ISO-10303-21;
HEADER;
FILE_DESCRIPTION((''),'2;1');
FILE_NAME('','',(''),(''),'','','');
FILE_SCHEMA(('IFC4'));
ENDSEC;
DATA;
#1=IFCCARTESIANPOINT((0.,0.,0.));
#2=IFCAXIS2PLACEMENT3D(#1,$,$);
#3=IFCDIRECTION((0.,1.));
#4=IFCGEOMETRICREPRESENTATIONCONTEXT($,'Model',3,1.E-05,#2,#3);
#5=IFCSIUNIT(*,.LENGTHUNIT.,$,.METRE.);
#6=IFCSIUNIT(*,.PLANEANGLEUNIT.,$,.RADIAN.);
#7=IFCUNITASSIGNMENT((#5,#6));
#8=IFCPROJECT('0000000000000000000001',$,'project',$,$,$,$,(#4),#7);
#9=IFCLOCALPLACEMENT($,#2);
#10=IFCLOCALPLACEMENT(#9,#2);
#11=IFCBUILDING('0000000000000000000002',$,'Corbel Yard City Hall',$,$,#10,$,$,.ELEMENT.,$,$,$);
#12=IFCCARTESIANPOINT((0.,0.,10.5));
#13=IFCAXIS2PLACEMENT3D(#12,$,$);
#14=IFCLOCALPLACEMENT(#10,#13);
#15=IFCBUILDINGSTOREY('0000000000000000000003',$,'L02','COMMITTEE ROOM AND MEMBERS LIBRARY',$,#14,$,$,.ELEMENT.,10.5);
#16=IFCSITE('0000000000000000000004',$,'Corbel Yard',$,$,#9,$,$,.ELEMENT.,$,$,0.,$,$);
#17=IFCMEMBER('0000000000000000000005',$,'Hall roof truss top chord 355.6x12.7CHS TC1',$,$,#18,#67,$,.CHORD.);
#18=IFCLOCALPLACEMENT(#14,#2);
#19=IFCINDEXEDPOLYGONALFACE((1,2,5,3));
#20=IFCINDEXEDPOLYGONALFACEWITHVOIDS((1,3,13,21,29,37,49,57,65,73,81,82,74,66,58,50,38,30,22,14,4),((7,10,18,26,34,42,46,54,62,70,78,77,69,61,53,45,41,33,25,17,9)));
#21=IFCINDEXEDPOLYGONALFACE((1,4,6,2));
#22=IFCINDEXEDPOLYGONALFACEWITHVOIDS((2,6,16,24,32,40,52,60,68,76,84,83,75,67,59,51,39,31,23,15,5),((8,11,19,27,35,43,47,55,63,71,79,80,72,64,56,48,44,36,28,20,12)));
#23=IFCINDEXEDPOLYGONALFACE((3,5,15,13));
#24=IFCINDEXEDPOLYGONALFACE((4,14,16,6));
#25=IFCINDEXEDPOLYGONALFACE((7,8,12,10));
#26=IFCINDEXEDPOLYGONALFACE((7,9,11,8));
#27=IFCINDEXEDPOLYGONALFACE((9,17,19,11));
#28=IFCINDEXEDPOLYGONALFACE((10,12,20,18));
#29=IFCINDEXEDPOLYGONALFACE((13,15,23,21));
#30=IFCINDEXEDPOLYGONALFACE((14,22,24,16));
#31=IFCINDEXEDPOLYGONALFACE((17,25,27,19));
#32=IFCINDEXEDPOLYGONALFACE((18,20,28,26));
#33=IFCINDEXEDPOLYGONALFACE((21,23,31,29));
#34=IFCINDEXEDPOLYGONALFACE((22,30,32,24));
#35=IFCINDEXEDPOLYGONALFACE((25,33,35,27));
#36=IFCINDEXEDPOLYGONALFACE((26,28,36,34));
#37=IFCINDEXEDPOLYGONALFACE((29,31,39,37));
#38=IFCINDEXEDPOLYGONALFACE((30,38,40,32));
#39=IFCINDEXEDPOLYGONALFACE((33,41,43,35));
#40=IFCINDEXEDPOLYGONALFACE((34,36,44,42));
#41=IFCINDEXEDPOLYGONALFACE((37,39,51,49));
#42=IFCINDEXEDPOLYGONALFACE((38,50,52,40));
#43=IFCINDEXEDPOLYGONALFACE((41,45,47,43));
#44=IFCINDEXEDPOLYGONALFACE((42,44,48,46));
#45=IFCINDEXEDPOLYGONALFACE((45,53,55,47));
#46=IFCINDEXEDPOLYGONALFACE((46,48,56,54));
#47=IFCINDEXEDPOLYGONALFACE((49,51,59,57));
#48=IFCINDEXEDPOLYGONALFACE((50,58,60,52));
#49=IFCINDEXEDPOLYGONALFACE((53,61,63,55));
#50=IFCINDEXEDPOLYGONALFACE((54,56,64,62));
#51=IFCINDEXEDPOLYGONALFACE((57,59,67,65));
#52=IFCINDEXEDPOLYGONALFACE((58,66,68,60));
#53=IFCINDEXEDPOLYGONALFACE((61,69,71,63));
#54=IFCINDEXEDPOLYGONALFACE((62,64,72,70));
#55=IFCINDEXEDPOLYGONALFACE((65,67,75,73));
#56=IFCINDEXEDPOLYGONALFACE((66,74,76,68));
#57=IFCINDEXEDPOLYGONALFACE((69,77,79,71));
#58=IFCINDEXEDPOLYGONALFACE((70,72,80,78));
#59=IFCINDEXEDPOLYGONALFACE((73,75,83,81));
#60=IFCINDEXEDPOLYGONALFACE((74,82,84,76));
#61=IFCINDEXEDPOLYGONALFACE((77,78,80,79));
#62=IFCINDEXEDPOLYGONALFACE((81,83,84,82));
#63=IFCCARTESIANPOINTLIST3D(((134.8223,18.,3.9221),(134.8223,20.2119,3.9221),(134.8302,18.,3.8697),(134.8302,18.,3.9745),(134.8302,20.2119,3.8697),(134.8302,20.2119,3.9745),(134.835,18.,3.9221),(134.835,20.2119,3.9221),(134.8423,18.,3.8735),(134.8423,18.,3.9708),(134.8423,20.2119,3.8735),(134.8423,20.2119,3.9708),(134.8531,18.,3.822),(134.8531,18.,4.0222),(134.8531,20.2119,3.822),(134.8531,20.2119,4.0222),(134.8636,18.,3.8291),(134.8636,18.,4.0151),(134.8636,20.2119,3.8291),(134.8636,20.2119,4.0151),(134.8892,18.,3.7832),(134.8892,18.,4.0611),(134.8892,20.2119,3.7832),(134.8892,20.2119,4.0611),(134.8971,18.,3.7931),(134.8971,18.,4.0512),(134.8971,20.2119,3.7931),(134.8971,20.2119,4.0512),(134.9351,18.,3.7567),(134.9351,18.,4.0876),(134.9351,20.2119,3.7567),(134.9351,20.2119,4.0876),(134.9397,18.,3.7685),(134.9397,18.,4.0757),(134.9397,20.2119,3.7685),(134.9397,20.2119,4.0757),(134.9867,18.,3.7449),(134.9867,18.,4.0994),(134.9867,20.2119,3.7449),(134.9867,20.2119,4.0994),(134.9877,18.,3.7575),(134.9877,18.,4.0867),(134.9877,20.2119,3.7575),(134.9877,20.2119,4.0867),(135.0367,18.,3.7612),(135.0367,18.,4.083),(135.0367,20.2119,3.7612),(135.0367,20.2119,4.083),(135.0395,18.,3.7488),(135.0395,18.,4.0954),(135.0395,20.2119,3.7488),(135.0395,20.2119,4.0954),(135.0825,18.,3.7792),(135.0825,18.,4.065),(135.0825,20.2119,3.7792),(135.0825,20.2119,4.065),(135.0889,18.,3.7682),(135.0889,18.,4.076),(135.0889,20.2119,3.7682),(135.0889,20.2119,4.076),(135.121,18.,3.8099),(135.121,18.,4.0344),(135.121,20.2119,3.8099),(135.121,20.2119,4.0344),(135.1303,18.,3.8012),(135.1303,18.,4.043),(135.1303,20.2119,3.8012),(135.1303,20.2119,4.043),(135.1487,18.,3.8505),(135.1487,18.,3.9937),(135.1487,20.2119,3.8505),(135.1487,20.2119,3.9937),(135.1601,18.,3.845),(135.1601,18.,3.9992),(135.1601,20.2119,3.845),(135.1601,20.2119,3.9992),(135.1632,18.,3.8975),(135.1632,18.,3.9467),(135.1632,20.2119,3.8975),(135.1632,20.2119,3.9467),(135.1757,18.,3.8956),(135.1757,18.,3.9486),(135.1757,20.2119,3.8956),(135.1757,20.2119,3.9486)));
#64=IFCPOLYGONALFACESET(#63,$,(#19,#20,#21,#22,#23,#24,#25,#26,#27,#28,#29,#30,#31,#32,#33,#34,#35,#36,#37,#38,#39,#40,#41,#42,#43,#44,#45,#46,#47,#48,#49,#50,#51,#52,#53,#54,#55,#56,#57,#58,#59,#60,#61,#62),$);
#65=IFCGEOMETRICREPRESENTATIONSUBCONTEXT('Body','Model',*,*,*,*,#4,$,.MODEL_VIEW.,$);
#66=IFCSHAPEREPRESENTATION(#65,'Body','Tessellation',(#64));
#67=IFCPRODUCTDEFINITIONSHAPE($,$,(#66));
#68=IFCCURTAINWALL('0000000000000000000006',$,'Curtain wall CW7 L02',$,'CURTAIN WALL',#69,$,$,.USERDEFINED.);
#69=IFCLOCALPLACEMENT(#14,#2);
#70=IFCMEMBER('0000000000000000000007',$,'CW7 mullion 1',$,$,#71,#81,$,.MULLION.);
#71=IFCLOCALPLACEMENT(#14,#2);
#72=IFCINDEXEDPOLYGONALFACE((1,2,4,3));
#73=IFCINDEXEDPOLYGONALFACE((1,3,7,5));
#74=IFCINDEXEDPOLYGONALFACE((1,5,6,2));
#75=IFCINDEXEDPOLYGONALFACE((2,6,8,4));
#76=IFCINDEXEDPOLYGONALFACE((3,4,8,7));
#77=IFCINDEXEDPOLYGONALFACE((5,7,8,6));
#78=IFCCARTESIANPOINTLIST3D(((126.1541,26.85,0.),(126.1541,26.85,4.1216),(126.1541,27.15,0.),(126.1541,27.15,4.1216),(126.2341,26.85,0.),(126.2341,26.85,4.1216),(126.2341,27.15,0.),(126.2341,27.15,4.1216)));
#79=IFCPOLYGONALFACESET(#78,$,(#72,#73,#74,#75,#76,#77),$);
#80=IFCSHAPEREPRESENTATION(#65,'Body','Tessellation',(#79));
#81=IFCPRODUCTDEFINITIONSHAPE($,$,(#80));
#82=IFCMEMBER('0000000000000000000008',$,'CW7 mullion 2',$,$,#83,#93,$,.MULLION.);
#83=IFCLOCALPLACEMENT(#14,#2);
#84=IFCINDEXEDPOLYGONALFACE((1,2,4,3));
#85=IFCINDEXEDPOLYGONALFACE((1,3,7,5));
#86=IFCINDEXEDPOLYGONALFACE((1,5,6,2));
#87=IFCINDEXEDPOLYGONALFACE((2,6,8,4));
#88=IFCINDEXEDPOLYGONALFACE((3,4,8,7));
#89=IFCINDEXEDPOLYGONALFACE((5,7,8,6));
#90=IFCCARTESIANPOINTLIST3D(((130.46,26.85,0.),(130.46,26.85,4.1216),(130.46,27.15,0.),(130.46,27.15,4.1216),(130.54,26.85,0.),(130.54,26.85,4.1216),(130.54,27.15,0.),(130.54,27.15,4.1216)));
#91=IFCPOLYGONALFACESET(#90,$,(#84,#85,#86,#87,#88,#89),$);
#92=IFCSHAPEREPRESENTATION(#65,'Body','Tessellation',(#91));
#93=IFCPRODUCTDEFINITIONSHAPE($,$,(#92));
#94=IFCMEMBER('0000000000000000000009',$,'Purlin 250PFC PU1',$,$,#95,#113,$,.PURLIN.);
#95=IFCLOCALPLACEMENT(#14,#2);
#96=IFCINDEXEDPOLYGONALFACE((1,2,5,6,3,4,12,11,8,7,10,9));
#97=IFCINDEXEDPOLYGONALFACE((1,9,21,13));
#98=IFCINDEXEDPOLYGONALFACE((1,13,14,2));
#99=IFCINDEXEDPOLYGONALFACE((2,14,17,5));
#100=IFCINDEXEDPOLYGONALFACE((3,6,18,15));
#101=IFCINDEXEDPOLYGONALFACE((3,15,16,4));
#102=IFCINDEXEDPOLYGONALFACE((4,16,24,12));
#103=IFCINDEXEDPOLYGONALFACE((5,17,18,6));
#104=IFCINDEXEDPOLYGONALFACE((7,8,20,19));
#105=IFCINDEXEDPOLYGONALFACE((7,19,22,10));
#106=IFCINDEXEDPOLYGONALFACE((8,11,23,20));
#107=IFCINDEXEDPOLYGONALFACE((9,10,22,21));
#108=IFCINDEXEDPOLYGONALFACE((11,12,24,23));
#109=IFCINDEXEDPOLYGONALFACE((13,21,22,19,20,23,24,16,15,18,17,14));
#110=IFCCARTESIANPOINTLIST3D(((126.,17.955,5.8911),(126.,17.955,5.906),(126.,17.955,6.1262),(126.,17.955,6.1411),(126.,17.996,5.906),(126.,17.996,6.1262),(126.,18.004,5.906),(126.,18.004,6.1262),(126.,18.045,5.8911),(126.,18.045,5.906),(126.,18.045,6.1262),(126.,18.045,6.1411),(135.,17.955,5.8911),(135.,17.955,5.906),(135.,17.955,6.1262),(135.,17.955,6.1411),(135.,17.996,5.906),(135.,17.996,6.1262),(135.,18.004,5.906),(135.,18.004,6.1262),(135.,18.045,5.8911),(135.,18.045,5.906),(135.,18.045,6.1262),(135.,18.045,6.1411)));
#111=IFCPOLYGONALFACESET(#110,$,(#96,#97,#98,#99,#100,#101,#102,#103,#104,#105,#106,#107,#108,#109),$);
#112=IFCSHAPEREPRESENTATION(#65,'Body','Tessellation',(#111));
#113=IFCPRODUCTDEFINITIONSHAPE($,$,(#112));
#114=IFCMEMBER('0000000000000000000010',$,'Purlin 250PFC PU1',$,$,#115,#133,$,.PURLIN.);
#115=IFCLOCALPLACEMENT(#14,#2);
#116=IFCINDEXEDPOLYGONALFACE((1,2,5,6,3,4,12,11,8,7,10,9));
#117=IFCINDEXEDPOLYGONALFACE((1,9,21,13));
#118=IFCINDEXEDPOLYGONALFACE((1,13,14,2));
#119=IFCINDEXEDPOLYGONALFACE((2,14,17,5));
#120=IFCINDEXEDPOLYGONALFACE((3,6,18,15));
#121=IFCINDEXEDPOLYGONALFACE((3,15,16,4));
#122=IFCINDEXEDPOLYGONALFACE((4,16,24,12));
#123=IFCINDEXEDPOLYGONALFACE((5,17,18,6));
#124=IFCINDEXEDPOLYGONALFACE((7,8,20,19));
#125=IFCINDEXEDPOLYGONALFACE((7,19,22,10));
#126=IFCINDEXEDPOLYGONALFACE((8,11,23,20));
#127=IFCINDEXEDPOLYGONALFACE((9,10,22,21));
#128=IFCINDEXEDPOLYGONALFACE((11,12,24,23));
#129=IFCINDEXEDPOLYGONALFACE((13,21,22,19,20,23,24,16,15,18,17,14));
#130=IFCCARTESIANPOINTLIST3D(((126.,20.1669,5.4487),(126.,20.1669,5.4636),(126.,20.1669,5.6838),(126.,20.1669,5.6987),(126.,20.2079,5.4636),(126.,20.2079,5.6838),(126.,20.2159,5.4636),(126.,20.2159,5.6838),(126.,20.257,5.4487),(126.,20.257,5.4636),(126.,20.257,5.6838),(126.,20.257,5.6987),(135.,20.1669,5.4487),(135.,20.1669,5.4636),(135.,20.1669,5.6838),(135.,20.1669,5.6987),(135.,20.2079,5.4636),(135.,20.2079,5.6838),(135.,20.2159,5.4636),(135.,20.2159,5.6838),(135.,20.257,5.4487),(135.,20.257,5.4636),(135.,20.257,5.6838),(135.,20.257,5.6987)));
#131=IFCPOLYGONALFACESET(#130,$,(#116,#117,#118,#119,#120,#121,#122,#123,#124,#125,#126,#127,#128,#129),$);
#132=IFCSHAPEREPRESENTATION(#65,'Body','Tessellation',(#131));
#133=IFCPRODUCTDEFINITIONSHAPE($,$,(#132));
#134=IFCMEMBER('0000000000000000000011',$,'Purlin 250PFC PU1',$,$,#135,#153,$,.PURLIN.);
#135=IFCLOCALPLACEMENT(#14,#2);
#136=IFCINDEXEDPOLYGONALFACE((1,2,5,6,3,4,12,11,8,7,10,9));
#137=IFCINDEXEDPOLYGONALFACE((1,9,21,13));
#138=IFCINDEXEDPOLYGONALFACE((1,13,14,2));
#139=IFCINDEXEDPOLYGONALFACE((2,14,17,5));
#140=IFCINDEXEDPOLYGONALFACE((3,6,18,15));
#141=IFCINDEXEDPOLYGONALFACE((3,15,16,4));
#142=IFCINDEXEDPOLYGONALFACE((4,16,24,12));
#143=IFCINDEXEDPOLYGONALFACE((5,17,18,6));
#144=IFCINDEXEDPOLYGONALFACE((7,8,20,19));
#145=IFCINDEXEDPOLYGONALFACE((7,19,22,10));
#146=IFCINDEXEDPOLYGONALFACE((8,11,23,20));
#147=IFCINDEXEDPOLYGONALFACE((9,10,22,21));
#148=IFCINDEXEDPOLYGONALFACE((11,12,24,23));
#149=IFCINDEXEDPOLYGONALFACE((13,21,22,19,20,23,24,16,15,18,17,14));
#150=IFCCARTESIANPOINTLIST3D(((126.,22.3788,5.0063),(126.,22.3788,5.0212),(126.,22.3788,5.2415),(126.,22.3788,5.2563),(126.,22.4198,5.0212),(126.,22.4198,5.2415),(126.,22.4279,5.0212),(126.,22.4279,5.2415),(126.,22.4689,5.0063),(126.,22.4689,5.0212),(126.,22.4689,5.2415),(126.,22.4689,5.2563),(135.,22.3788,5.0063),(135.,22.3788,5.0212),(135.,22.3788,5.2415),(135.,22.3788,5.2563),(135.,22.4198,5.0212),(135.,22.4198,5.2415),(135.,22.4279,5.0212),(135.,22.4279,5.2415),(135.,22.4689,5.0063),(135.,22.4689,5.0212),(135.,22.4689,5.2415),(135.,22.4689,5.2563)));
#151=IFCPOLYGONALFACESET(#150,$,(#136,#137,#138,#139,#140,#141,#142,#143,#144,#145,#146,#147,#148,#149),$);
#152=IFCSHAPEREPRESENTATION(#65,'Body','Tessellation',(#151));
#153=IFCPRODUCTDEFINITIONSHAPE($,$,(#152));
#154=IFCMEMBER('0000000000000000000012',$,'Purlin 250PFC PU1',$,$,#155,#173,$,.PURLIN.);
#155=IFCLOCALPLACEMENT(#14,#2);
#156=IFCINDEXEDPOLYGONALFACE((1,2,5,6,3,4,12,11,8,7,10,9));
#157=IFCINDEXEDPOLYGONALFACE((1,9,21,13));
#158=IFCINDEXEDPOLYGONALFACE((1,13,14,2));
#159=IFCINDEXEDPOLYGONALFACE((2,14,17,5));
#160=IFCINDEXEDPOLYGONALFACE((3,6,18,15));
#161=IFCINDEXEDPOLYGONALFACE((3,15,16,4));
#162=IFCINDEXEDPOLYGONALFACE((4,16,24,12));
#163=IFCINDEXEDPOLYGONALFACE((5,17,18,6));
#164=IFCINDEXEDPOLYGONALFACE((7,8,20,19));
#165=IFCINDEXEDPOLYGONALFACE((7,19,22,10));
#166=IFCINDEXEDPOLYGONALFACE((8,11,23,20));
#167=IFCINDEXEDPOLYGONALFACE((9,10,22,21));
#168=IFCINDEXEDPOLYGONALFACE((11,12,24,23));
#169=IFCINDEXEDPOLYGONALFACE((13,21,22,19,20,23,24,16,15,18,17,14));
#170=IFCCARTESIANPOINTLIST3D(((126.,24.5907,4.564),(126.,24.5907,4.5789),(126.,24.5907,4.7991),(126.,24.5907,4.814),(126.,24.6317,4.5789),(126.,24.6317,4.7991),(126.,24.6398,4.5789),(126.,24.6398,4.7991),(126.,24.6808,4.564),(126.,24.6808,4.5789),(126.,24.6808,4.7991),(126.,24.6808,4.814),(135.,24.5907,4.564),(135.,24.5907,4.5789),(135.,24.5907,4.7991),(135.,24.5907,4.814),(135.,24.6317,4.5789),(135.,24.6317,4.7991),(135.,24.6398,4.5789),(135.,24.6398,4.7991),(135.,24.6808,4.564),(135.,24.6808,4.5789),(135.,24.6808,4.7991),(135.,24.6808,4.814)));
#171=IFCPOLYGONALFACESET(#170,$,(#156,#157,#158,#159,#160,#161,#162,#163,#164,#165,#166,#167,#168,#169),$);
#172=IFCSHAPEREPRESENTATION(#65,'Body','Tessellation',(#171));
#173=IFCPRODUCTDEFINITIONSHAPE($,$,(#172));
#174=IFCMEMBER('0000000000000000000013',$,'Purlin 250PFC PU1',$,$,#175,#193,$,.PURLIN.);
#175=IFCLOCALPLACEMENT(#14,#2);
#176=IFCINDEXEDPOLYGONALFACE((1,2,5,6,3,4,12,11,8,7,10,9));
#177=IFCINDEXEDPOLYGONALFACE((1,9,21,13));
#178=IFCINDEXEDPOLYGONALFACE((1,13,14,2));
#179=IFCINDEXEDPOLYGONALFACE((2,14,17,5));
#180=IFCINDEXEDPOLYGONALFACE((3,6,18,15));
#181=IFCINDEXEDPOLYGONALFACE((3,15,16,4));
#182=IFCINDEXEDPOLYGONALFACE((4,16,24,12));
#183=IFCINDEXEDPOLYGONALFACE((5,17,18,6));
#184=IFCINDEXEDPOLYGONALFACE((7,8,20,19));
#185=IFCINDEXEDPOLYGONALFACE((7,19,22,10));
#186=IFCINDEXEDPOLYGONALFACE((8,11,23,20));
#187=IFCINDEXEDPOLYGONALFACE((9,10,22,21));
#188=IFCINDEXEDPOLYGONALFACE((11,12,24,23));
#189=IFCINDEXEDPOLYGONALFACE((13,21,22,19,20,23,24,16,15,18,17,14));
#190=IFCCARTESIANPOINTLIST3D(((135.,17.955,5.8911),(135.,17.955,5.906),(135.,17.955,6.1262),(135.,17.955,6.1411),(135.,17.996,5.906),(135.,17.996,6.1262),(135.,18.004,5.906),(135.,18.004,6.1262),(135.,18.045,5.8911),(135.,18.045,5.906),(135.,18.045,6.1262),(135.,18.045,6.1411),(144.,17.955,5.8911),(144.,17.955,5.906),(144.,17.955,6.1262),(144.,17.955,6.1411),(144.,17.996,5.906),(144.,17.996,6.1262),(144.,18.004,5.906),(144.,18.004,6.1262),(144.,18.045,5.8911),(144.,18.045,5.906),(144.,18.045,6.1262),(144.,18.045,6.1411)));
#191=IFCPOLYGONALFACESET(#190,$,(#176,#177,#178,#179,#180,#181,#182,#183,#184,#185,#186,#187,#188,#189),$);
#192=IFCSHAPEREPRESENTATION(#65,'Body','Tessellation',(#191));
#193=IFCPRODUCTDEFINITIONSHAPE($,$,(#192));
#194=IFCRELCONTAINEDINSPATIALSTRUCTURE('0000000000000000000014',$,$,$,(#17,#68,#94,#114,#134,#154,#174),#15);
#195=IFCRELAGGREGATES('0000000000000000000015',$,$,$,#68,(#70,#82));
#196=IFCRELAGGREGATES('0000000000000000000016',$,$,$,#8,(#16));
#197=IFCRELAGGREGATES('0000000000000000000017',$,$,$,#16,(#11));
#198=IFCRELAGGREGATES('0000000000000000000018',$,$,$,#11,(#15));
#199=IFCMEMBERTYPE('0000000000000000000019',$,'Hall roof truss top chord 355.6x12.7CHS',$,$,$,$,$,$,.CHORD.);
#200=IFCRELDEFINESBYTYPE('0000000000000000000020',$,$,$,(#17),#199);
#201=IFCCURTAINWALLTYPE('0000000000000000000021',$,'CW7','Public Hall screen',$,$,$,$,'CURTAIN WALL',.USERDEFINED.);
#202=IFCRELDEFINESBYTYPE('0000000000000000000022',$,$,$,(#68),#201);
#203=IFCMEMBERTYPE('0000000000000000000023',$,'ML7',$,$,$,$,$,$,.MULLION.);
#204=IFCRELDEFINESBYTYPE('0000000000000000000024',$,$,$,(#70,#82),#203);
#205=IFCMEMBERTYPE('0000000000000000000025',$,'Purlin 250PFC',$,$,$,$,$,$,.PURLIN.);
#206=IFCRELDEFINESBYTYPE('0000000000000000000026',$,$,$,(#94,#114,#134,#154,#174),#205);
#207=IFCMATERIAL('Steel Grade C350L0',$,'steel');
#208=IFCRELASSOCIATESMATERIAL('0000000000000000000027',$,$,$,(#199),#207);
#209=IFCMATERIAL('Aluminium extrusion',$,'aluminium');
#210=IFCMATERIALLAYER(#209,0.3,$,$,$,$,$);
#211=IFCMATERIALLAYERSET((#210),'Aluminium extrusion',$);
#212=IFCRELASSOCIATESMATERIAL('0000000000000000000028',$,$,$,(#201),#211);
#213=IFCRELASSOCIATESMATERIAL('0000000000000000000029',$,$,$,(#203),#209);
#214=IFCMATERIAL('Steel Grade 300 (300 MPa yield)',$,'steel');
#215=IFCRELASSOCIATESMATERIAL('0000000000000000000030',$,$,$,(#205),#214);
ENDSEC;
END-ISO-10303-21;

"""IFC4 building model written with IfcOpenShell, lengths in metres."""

from ifc_helpers import new_model, si_unit, direction, frame, origin, origin_2d, place, context, subcontext, project, spatial, rectangle, hollow_circle, i_section, extrude, material, layer, layer_set, material_profile, profile_set, type_object, element, aggregate, save


model = new_model("IFC4")

# Units and contexts
model_context = context("Model", 3, precision=1e-05, world=origin(), true_north=direction((0.0, 1.0)))
body_context = subcontext(model_context, "Body", "Model", "MODEL_VIEW")
ifc_project = project(units=[si_unit("LENGTHUNIT", "METRE"), si_unit("PLANEANGLEUNIT", "RADIAN")], contexts=[model_context])

# Site, building, storey
site_placement = place(None, origin())
site = spatial("IfcSite", under=ifc_project, at=site_placement, Name="Corbel Yard", CompositionType="ELEMENT", RefElevation=0.0)
building_placement = place(site_placement, origin())
building = spatial("IfcBuilding", under=site, at=building_placement, Name="Corbel Yard City Hall", CompositionType="ELEMENT")
storey_placement = place(building_placement, frame((0.0, 0.0, 10.5)))
storey = spatial("IfcBuildingStorey", under=building, at=storey_placement, Name="L02", Description="COMMITTEE ROOM AND MEMBERS LIBRARY", CompositionType="ELEMENT", Elevation=10.5)

# Shared definitions
ifc_material_1 = material(Name="Steel Grade 300 (300 MPa yield)", Category="steel")

# Member
ifc_material_2 = material(Name="Steel Grade C350L0", Category="steel")
ifc_material_profile_1 = material_profile(ifc_material_2, hollow_circle(Radius=0.1777, WallThickness=0.0127, at=origin_2d()), Name="355.6x12.7CHS")
ifc_profile_set_1 = profile_set([ifc_material_profile_1], Name="Steel Grade C350L0")
member_type_1 = type_object("IfcMemberType", Name="Hall roof truss top chord 355.6x12.7CHS", PredefinedType="CHORD", material=ifc_profile_set_1)
member_1_placement = place(storey_placement, frame((135.0, 18.0, 3.9221), z_axis=(0.0, 1.0, 0.0), x_axis=(-1.0, 0.0, 0.0)))
element("IfcMember", 1, at=member_1_placement, inside=storey, type_object=member_type_1, Name="Hall roof truss top chord 355.6x12.7CHS TC1", PredefinedType="CHORD", context=body_context, shape_type="SweptSolid", body=[
    extrude(hollow_circle(Radius=0.1777, WallThickness=0.0127, at=origin_2d()), origin(), (0.0, 0.0, 1.0), 2.2119),
])

# Curtain wall, members
ifc_material_3 = material(Name="Aluminium extrusion", Category="aluminium")
ifc_layer_1 = layer(ifc_material_3, 0.3)
ifc_layer_set_1 = layer_set([ifc_layer_1], Name="Aluminium extrusion")
curtain_wall_type = type_object("IfcCurtainWallType", Name="CW7", Description="Public Hall screen", ElementType="CURTAIN WALL", PredefinedType="USERDEFINED", material=ifc_layer_set_1)
curtain_wall_placement = place(storey_placement, origin())
curtain_wall = element("IfcCurtainWall", 2, at=curtain_wall_placement, inside=storey, type_object=curtain_wall_type, Name="Curtain wall CW7 L02", ObjectType="CURTAIN WALL", PredefinedType="USERDEFINED")
ifc_material_profile_2 = material_profile(ifc_material_3, rectangle(XDim=0.3, YDim=0.0801, at=origin_2d()), Name="300x80")
ifc_profile_set_2 = profile_set([ifc_material_profile_2], Name="Aluminium extrusion")
member_type_2 = type_object("IfcMemberType", Name="ML7", PredefinedType="MULLION", material=ifc_profile_set_2)
member_2_placement = place(storey_placement, frame((126.1941, 27.0, 0.0), z_axis=(0.0, 0.0, 1.0), x_axis=(0.0, 1.0, 0.0)))
member_2 = element("IfcMember", 3, at=member_2_placement, type_object=member_type_2, Name="CW7 mullion 1", PredefinedType="MULLION", context=body_context, shape_type="SweptSolid", body=[
    extrude(rectangle(XDim=0.3, YDim=0.0801, at=origin_2d()), origin(), (0.0, 0.0, 1.0), 4.1216),
])
member_3_placement = place(storey_placement, frame((130.5, 27.0, 0.0), z_axis=(0.0, 0.0, 1.0), x_axis=(0.0, 1.0, 0.0)))
member_3 = element("IfcMember", 4, at=member_3_placement, type_object=member_type_2, Name="CW7 mullion 2", PredefinedType="MULLION", context=body_context, shape_type="SweptSolid", body=[
    extrude(rectangle(XDim=0.3, YDim=0.0801, at=origin_2d()), origin(), (0.0, 0.0, 1.0), 4.1216),
])

# Members
ifc_material_profile_3 = material_profile(ifc_material_1, i_section(OverallWidth=0.0901, OverallDepth=0.25, WebThickness=0.0081, FlangeThickness=0.0149, at=origin_2d()), Name="250PFC")
ifc_profile_set_3 = profile_set([ifc_material_profile_3], Name="Steel Grade 300 (300 MPa yield)")
member_type_3 = type_object("IfcMemberType", Name="Purlin 250PFC", PredefinedType="PURLIN", material=ifc_profile_set_3)
for number, where, z_axis, x_axis, name in (
    (5, (126.0, 18.0, 6.0161), (1.0, 0.0, 0.0), (0.0, 1.0, 0.0), "Purlin 250PFC PU1"),
    (6, (126.0, 20.2119, 5.5737), (1.0, 0.0, 0.0), (0.0, 1.0, 0.0), "Purlin 250PFC PU1"),
    (7, (126.0, 22.4238, 5.1313), (1.0, 0.0, 0.0), (0.0, 1.0, 0.0), "Purlin 250PFC PU1"),
    (8, (126.0, 24.6357, 4.689), (1.0, 0.0, 0.0), (0.0, 1.0, 0.0), "Purlin 250PFC PU1"),
    (9, (135.0, 18.0, 6.0161), (1.0, 0.0, 0.0), (0.0, 1.0, 0.0), "Purlin 250PFC PU1"),
):
    element("IfcMember", number, at=place(storey_placement, frame(where, z_axis=z_axis, x_axis=x_axis)), inside=storey, type_object=member_type_3, Name=name, PredefinedType="PURLIN", context=body_context, shape_type="SweptSolid", body=[
        extrude(i_section(OverallWidth=0.0901, OverallDepth=0.25, WebThickness=0.0081, FlangeThickness=0.0149, at=origin_2d()), origin(), (0.0, 0.0, 1.0), 9.0),
    ])

aggregate(curtain_wall, [member_2, member_3])

save(model, "model.ifc")
